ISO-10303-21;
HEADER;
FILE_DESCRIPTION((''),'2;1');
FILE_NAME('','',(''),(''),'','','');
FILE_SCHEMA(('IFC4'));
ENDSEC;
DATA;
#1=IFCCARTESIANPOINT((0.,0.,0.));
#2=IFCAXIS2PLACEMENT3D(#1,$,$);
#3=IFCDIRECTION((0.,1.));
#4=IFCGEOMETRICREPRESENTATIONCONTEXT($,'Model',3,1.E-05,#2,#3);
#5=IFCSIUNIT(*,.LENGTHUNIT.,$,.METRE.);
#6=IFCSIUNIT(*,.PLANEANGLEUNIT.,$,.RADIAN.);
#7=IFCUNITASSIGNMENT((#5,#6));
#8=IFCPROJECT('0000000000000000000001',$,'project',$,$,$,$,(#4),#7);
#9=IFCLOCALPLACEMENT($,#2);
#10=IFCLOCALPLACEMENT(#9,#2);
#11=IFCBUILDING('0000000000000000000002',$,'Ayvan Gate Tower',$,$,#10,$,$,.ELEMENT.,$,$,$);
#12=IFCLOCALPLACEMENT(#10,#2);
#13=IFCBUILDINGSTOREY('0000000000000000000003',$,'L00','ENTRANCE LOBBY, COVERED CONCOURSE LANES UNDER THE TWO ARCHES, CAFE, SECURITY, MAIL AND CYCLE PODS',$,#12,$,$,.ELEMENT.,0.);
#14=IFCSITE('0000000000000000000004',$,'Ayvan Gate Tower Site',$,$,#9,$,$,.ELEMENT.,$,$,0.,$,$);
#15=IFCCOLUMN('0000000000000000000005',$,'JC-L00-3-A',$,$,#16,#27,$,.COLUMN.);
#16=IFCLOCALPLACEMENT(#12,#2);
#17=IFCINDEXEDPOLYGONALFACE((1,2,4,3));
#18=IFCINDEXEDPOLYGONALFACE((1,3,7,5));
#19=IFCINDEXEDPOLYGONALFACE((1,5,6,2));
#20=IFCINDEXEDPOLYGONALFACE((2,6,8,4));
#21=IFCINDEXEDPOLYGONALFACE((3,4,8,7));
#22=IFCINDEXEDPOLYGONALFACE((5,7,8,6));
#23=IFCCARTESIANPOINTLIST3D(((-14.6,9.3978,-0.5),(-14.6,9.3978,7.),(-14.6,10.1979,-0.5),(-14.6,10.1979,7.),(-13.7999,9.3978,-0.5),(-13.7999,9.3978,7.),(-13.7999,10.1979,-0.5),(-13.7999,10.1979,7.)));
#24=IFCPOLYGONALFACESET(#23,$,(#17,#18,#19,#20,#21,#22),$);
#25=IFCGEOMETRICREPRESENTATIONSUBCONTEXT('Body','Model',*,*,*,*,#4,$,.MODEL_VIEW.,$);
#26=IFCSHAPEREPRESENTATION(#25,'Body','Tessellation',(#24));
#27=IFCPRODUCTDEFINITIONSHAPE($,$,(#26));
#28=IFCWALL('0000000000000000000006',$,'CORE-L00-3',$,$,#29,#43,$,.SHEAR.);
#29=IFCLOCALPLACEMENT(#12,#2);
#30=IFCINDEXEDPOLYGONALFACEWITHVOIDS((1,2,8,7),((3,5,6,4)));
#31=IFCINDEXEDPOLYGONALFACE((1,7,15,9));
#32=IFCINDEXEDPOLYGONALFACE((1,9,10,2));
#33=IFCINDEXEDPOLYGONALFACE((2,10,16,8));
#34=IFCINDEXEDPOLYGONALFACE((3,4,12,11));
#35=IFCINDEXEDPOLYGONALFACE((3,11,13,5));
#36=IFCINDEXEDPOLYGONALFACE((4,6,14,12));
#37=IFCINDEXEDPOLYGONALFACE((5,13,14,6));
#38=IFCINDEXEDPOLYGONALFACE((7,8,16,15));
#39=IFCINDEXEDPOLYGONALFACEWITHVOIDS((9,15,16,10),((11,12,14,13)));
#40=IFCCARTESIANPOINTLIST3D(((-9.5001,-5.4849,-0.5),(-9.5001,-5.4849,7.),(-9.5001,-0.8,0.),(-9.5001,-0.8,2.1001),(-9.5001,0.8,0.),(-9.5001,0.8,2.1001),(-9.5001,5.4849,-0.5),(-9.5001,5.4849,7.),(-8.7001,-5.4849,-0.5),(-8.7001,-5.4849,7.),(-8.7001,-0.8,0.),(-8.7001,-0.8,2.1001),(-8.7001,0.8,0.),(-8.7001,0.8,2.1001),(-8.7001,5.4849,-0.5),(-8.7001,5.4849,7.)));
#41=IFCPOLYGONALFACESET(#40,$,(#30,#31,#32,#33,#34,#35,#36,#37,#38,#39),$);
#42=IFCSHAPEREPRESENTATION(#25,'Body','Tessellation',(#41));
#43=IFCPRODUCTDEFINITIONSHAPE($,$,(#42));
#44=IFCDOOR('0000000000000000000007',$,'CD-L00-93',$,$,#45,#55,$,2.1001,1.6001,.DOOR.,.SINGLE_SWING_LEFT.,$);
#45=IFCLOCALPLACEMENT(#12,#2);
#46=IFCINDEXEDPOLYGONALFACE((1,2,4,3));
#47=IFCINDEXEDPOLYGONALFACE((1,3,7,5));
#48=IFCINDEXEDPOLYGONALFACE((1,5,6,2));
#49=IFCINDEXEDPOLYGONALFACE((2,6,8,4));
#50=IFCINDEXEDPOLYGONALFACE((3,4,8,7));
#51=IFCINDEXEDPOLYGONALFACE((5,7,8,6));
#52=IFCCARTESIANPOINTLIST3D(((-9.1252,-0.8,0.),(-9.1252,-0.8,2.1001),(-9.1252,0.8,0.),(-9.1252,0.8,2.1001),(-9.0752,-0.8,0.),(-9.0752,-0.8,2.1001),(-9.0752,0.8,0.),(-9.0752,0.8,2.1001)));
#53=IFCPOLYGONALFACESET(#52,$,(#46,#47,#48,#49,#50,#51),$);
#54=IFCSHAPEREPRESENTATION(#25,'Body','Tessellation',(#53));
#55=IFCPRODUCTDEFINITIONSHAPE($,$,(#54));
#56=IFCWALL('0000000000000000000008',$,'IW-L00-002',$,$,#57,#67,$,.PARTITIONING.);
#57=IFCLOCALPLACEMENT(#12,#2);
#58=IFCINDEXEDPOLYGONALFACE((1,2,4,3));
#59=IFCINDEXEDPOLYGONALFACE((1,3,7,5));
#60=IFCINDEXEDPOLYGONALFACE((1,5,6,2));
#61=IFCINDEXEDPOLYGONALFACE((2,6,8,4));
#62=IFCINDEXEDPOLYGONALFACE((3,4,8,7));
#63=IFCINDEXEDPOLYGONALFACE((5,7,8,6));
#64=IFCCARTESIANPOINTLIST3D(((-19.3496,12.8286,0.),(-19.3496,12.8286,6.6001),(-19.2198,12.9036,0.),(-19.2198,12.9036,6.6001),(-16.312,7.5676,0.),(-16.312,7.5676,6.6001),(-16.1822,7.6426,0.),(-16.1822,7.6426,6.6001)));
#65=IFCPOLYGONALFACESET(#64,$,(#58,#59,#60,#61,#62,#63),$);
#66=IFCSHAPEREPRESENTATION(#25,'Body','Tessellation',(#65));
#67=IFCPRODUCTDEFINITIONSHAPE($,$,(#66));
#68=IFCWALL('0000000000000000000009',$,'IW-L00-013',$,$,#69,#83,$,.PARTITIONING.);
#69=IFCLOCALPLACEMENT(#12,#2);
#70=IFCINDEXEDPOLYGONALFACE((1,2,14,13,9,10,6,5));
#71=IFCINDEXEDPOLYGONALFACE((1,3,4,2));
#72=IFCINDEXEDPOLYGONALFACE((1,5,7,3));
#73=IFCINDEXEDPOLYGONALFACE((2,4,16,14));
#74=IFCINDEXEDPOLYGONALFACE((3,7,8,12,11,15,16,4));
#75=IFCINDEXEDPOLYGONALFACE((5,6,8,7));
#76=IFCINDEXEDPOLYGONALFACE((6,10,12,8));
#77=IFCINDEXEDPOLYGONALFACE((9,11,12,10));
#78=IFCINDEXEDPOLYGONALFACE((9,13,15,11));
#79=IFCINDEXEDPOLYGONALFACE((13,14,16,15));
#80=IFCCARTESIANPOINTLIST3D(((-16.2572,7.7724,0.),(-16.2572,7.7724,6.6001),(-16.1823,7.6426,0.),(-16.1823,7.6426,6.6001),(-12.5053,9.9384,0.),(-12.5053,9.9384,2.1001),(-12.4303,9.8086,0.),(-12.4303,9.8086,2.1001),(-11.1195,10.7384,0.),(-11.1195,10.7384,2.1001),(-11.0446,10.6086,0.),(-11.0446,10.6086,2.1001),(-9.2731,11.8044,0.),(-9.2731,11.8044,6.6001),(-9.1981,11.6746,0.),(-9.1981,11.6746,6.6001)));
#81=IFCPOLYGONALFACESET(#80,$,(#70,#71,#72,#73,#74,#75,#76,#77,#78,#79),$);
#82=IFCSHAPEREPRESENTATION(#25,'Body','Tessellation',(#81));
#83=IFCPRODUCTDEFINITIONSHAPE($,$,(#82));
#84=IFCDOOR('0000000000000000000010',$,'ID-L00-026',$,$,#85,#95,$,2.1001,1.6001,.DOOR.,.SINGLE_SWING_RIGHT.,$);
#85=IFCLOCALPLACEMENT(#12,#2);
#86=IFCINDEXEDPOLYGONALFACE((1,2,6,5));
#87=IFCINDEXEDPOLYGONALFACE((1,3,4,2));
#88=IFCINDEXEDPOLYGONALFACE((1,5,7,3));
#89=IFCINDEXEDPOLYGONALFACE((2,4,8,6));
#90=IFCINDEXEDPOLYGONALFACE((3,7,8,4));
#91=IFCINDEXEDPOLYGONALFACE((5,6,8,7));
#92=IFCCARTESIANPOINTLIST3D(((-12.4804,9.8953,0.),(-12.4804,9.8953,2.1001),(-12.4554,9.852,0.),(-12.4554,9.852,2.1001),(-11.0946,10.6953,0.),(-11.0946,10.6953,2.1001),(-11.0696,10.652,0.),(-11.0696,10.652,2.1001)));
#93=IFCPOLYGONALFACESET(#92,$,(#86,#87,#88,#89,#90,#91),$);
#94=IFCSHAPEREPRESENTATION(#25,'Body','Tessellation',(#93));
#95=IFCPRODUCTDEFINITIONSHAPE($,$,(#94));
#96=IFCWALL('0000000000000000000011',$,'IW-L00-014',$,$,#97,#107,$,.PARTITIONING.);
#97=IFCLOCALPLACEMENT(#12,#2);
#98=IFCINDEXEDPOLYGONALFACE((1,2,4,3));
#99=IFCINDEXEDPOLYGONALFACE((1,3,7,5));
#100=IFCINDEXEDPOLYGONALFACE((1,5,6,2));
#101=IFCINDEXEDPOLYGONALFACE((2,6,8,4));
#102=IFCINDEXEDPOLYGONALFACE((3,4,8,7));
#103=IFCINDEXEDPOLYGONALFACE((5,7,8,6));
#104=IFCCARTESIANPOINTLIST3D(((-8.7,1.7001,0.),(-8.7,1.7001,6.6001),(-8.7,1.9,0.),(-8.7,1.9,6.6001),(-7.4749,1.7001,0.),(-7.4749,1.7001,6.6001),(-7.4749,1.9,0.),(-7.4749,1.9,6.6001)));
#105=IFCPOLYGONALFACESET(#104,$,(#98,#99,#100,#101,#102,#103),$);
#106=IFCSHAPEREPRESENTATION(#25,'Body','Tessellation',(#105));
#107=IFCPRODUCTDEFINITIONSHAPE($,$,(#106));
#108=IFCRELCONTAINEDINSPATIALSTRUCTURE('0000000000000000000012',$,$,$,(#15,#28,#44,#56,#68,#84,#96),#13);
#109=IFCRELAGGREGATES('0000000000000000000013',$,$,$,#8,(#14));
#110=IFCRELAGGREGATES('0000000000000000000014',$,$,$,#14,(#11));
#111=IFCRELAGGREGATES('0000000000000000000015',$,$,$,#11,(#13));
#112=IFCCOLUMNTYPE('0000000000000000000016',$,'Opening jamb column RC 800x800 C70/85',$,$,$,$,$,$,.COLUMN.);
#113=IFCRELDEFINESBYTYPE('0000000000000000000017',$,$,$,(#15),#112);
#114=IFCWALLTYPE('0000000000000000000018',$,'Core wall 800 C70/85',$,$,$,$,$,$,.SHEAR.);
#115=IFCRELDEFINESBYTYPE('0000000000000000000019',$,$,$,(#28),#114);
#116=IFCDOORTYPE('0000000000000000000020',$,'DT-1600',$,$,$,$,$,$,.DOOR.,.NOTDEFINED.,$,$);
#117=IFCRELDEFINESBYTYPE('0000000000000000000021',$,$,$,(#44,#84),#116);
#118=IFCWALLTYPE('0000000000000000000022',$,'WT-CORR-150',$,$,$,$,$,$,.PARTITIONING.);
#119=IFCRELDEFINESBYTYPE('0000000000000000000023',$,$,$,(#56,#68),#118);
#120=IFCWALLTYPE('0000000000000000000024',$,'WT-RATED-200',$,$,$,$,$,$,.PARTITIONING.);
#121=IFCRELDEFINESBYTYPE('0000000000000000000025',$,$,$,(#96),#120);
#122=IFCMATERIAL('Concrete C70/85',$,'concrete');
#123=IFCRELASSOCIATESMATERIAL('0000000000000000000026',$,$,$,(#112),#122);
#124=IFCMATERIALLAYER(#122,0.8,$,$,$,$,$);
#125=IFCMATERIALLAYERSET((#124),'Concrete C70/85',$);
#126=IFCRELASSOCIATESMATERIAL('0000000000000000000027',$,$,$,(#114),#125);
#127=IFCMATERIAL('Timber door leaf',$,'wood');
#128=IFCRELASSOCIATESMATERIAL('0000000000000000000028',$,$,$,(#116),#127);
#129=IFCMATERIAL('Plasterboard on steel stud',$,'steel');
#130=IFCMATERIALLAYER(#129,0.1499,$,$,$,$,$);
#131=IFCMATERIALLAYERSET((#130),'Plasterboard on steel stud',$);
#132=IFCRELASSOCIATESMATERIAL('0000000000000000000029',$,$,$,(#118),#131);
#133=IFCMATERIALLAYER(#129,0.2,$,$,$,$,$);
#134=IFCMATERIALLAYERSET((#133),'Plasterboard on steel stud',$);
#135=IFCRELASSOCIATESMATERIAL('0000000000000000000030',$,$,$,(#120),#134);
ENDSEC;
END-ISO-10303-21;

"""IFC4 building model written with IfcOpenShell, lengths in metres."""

from ifc_helpers import new_model, si_unit, direction, frame, frame_2d, origin, origin_2d, place, context, subcontext, project, spatial, rectangle, extrude, material, layer, layer_set, material_profile, profile_set, type_object, element, fill, save


model = new_model("IFC4")

# Units and contexts
model_context = context("Model", 3, precision=1e-05, world=origin(), true_north=direction((0.0, 1.0)))
body_context = subcontext(model_context, "Body", "Model", "MODEL_VIEW")
ifc_project = project(units=[si_unit("LENGTHUNIT", "METRE"), si_unit("PLANEANGLEUNIT", "RADIAN")], contexts=[model_context])

# Site, building, storey
site_placement = place(None, origin())
site = spatial("IfcSite", under=ifc_project, at=site_placement, Name="Ayvan Gate Tower Site", CompositionType="ELEMENT", RefElevation=0.0)
building_placement = place(site_placement, origin())
building = spatial("IfcBuilding", under=site, at=building_placement, Name="Ayvan Gate Tower", CompositionType="ELEMENT")
storey_placement = place(building_placement, origin())
storey = spatial("IfcBuildingStorey", under=building, at=storey_placement, Name="L00", Description="ENTRANCE LOBBY, COVERED CONCOURSE LANES UNDER THE TWO ARCHES, CAFE, SECURITY, MAIL AND CYCLE PODS", CompositionType="ELEMENT", Elevation=0.0)

# Column
ifc_material_1 = material(Name="Concrete C70/85", Category="concrete")
ifc_material_profile_1 = material_profile(ifc_material_1, rectangle(XDim=0.8, YDim=0.8, at=origin_2d()), Name="RC 800x800")
ifc_profile_set_1 = profile_set([ifc_material_profile_1], Name="Concrete C70/85")
column_type = type_object("IfcColumnType", Name="Opening jamb column RC 800x800 C70/85", PredefinedType="COLUMN", material=ifc_profile_set_1)
column_placement = place(storey_placement, frame((-14.2, 9.7979, -0.5), z_axis=(0.0, 0.0, 1.0), x_axis=(-1.0, 0.0, 0.0)))
element("IfcColumn", 1, at=column_placement, inside=storey, type_object=column_type, Name="JC-L00-3-A", PredefinedType="COLUMN", context=body_context, shape_type="SweptSolid", body=[
    extrude(rectangle(XDim=0.8, YDim=0.8, at=origin_2d()), origin(), (0.0, 0.0, 1.0), 7.5),
])

# Wall, opening, door
ifc_layer_1 = layer(ifc_material_1, 0.8)
ifc_layer_set_1 = layer_set([ifc_layer_1], Name="Concrete C70/85")
wall_type_1 = type_object("IfcWallType", Name="Core wall 800 C70/85", PredefinedType="SHEAR", material=ifc_layer_set_1)
wall_1_placement = place(storey_placement, frame((-9.1001, 5.4849, -0.5), z_axis=(0.0, 0.0, 1.0), x_axis=(0.0, -1.0, 0.0)))
wall_1 = element("IfcWall", 2, at=wall_1_placement, inside=storey, type_object=wall_type_1, Name="CORE-L00-3", PredefinedType="SHEAR", context=body_context, shape_type="SweptSolid", body=[
    extrude(rectangle(XDim=10.9697, YDim=0.8, at=frame_2d((5.4849, 0.0))), origin(), (0.0, 0.0, 1.0), 7.5),
])
opening_1_placement = place(wall_1_placement, frame((4.6848, 0.0, 0.5)))
opening_1 = element("IfcOpeningElement", 3, at=opening_1_placement, cuts=wall_1, PredefinedType="OPENING", context=body_context, shape_type="SweptSolid", body=[
    extrude(rectangle(XDim=1.6001, YDim=2.1001, at=frame_2d((0.8, 1.05))), frame((0.0, 0.4099, 0.0), z_axis=(0.0, -1.0, 0.0), x_axis=(1.0, 0.0, 0.0)), (0.0, 0.0, 1.0), 0.8201),
])
ifc_material_2 = material(Name="Timber door leaf", Category="wood")
door_type_1 = type_object("IfcDoorType", Name="DT-1600", OperationType="NOTDEFINED", PredefinedType="DOOR", material=ifc_material_2)
door_1_placement = place(opening_1_placement, origin())
door_1 = element("IfcDoor", 4, at=door_1_placement, inside=storey, type_object=door_type_1, Name="CD-L00-93", OperationType="SINGLE_SWING_LEFT", OverallHeight=2.1001, OverallWidth=1.6001, PredefinedType="DOOR", context=body_context, shape_type="SweptSolid", body=[
    extrude(rectangle(XDim=1.6001, YDim=2.1001, at=frame_2d((0.8, 1.05))), frame((0.0, 0.0249, 0.0), z_axis=(0.0, -1.0, 0.0), x_axis=(1.0, 0.0, 0.0)), (0.0, 0.0, 1.0), 0.05),
])
fill(opening_1, door_1)

# Wall
ifc_material_3 = material(Name="Plasterboard on steel stud", Category="steel")
ifc_layer_2 = layer(ifc_material_3, 0.1499)
ifc_layer_set_2 = layer_set([ifc_layer_2], Name="Plasterboard on steel stud")
wall_type_2 = type_object("IfcWallType", Name="WT-CORR-150", PredefinedType="PARTITIONING", material=ifc_layer_set_2)
wall_2_placement = place(storey_placement, frame((-16.2471, 7.605, 0.0), z_axis=(0.0, 0.0, 1.0), x_axis=(-0.50002, 0.866014, 0.0)))
element("IfcWall", 5, at=wall_2_placement, inside=storey, type_object=wall_type_2, Name="IW-L00-002", PredefinedType="PARTITIONING", context=body_context, shape_type="SweptSolid", body=[
    extrude(rectangle(XDim=6.075, YDim=0.1499, at=frame_2d((3.0376, 0.0))), origin(), (0.0, 0.0, 1.0), 6.6001),
])

# Wall, opening, door
wall_3_placement = place(storey_placement, frame((-9.2356, 11.7395, 0.0), z_axis=(0.0, 0.0, 1.0), x_axis=(-0.866042, -0.499971, 0.0)))
wall_3 = element("IfcWall", 6, at=wall_3_placement, inside=storey, type_object=wall_type_2, Name="IW-L00-013", PredefinedType="PARTITIONING", context=body_context, shape_type="SweptSolid", body=[
    extrude(rectangle(XDim=8.0645, YDim=0.1499, at=frame_2d((4.0322, 0.0))), origin(), (0.0, 0.0, 1.0), 6.6001),
])
opening_2_placement = place(wall_3_placement, frame((2.1321, 0.0, 0.0)))
opening_2 = element("IfcOpeningElement", 7, at=opening_2_placement, cuts=wall_3, PredefinedType="OPENING", context=body_context, shape_type="SweptSolid", body=[
    extrude(rectangle(XDim=1.6001, YDim=2.1001, at=frame_2d((0.8, 1.05))), frame((0.0, 0.085, 0.0), z_axis=(0.0, -1.0, 0.0), x_axis=(1.0, 0.0, 0.0)), (0.0, 0.0, 1.0), 0.1699),
])
door_2_placement = place(opening_2_placement, origin())
door_2 = element("IfcDoor", 8, at=door_2_placement, inside=storey, type_object=door_type_1, Name="ID-L00-026", OperationType="SINGLE_SWING_RIGHT", OverallHeight=2.1001, OverallWidth=1.6001, PredefinedType="DOOR", context=body_context, shape_type="SweptSolid", body=[
    extrude(rectangle(XDim=1.6001, YDim=2.1001, at=frame_2d((0.8, 1.05))), frame((0.0, 0.0249, 0.0), z_axis=(0.0, -1.0, 0.0), x_axis=(1.0, 0.0, 0.0)), (0.0, 0.0, 1.0), 0.05),
])
fill(opening_2, door_2)

# Wall
ifc_layer_3 = layer(ifc_material_3, 0.2)
ifc_layer_set_3 = layer_set([ifc_layer_3], Name="Plasterboard on steel stud")
wall_type_3 = type_object("IfcWallType", Name="WT-RATED-200", PredefinedType="PARTITIONING", material=ifc_layer_set_3)
wall_4_placement = place(storey_placement, frame((-8.7, 1.8, 0.0), z_axis=(0.0, 0.0, 1.0), x_axis=(1.0, 0.0, 0.0)))
element("IfcWall", 9, at=wall_4_placement, inside=storey, type_object=wall_type_3, Name="IW-L00-014", PredefinedType="PARTITIONING", context=body_context, shape_type="SweptSolid", body=[
    extrude(rectangle(XDim=1.2251, YDim=0.2, at=frame_2d((0.6125, 0.0))), origin(), (0.0, 0.0, 1.0), 6.6001),
])

save(model, "model.ifc")
